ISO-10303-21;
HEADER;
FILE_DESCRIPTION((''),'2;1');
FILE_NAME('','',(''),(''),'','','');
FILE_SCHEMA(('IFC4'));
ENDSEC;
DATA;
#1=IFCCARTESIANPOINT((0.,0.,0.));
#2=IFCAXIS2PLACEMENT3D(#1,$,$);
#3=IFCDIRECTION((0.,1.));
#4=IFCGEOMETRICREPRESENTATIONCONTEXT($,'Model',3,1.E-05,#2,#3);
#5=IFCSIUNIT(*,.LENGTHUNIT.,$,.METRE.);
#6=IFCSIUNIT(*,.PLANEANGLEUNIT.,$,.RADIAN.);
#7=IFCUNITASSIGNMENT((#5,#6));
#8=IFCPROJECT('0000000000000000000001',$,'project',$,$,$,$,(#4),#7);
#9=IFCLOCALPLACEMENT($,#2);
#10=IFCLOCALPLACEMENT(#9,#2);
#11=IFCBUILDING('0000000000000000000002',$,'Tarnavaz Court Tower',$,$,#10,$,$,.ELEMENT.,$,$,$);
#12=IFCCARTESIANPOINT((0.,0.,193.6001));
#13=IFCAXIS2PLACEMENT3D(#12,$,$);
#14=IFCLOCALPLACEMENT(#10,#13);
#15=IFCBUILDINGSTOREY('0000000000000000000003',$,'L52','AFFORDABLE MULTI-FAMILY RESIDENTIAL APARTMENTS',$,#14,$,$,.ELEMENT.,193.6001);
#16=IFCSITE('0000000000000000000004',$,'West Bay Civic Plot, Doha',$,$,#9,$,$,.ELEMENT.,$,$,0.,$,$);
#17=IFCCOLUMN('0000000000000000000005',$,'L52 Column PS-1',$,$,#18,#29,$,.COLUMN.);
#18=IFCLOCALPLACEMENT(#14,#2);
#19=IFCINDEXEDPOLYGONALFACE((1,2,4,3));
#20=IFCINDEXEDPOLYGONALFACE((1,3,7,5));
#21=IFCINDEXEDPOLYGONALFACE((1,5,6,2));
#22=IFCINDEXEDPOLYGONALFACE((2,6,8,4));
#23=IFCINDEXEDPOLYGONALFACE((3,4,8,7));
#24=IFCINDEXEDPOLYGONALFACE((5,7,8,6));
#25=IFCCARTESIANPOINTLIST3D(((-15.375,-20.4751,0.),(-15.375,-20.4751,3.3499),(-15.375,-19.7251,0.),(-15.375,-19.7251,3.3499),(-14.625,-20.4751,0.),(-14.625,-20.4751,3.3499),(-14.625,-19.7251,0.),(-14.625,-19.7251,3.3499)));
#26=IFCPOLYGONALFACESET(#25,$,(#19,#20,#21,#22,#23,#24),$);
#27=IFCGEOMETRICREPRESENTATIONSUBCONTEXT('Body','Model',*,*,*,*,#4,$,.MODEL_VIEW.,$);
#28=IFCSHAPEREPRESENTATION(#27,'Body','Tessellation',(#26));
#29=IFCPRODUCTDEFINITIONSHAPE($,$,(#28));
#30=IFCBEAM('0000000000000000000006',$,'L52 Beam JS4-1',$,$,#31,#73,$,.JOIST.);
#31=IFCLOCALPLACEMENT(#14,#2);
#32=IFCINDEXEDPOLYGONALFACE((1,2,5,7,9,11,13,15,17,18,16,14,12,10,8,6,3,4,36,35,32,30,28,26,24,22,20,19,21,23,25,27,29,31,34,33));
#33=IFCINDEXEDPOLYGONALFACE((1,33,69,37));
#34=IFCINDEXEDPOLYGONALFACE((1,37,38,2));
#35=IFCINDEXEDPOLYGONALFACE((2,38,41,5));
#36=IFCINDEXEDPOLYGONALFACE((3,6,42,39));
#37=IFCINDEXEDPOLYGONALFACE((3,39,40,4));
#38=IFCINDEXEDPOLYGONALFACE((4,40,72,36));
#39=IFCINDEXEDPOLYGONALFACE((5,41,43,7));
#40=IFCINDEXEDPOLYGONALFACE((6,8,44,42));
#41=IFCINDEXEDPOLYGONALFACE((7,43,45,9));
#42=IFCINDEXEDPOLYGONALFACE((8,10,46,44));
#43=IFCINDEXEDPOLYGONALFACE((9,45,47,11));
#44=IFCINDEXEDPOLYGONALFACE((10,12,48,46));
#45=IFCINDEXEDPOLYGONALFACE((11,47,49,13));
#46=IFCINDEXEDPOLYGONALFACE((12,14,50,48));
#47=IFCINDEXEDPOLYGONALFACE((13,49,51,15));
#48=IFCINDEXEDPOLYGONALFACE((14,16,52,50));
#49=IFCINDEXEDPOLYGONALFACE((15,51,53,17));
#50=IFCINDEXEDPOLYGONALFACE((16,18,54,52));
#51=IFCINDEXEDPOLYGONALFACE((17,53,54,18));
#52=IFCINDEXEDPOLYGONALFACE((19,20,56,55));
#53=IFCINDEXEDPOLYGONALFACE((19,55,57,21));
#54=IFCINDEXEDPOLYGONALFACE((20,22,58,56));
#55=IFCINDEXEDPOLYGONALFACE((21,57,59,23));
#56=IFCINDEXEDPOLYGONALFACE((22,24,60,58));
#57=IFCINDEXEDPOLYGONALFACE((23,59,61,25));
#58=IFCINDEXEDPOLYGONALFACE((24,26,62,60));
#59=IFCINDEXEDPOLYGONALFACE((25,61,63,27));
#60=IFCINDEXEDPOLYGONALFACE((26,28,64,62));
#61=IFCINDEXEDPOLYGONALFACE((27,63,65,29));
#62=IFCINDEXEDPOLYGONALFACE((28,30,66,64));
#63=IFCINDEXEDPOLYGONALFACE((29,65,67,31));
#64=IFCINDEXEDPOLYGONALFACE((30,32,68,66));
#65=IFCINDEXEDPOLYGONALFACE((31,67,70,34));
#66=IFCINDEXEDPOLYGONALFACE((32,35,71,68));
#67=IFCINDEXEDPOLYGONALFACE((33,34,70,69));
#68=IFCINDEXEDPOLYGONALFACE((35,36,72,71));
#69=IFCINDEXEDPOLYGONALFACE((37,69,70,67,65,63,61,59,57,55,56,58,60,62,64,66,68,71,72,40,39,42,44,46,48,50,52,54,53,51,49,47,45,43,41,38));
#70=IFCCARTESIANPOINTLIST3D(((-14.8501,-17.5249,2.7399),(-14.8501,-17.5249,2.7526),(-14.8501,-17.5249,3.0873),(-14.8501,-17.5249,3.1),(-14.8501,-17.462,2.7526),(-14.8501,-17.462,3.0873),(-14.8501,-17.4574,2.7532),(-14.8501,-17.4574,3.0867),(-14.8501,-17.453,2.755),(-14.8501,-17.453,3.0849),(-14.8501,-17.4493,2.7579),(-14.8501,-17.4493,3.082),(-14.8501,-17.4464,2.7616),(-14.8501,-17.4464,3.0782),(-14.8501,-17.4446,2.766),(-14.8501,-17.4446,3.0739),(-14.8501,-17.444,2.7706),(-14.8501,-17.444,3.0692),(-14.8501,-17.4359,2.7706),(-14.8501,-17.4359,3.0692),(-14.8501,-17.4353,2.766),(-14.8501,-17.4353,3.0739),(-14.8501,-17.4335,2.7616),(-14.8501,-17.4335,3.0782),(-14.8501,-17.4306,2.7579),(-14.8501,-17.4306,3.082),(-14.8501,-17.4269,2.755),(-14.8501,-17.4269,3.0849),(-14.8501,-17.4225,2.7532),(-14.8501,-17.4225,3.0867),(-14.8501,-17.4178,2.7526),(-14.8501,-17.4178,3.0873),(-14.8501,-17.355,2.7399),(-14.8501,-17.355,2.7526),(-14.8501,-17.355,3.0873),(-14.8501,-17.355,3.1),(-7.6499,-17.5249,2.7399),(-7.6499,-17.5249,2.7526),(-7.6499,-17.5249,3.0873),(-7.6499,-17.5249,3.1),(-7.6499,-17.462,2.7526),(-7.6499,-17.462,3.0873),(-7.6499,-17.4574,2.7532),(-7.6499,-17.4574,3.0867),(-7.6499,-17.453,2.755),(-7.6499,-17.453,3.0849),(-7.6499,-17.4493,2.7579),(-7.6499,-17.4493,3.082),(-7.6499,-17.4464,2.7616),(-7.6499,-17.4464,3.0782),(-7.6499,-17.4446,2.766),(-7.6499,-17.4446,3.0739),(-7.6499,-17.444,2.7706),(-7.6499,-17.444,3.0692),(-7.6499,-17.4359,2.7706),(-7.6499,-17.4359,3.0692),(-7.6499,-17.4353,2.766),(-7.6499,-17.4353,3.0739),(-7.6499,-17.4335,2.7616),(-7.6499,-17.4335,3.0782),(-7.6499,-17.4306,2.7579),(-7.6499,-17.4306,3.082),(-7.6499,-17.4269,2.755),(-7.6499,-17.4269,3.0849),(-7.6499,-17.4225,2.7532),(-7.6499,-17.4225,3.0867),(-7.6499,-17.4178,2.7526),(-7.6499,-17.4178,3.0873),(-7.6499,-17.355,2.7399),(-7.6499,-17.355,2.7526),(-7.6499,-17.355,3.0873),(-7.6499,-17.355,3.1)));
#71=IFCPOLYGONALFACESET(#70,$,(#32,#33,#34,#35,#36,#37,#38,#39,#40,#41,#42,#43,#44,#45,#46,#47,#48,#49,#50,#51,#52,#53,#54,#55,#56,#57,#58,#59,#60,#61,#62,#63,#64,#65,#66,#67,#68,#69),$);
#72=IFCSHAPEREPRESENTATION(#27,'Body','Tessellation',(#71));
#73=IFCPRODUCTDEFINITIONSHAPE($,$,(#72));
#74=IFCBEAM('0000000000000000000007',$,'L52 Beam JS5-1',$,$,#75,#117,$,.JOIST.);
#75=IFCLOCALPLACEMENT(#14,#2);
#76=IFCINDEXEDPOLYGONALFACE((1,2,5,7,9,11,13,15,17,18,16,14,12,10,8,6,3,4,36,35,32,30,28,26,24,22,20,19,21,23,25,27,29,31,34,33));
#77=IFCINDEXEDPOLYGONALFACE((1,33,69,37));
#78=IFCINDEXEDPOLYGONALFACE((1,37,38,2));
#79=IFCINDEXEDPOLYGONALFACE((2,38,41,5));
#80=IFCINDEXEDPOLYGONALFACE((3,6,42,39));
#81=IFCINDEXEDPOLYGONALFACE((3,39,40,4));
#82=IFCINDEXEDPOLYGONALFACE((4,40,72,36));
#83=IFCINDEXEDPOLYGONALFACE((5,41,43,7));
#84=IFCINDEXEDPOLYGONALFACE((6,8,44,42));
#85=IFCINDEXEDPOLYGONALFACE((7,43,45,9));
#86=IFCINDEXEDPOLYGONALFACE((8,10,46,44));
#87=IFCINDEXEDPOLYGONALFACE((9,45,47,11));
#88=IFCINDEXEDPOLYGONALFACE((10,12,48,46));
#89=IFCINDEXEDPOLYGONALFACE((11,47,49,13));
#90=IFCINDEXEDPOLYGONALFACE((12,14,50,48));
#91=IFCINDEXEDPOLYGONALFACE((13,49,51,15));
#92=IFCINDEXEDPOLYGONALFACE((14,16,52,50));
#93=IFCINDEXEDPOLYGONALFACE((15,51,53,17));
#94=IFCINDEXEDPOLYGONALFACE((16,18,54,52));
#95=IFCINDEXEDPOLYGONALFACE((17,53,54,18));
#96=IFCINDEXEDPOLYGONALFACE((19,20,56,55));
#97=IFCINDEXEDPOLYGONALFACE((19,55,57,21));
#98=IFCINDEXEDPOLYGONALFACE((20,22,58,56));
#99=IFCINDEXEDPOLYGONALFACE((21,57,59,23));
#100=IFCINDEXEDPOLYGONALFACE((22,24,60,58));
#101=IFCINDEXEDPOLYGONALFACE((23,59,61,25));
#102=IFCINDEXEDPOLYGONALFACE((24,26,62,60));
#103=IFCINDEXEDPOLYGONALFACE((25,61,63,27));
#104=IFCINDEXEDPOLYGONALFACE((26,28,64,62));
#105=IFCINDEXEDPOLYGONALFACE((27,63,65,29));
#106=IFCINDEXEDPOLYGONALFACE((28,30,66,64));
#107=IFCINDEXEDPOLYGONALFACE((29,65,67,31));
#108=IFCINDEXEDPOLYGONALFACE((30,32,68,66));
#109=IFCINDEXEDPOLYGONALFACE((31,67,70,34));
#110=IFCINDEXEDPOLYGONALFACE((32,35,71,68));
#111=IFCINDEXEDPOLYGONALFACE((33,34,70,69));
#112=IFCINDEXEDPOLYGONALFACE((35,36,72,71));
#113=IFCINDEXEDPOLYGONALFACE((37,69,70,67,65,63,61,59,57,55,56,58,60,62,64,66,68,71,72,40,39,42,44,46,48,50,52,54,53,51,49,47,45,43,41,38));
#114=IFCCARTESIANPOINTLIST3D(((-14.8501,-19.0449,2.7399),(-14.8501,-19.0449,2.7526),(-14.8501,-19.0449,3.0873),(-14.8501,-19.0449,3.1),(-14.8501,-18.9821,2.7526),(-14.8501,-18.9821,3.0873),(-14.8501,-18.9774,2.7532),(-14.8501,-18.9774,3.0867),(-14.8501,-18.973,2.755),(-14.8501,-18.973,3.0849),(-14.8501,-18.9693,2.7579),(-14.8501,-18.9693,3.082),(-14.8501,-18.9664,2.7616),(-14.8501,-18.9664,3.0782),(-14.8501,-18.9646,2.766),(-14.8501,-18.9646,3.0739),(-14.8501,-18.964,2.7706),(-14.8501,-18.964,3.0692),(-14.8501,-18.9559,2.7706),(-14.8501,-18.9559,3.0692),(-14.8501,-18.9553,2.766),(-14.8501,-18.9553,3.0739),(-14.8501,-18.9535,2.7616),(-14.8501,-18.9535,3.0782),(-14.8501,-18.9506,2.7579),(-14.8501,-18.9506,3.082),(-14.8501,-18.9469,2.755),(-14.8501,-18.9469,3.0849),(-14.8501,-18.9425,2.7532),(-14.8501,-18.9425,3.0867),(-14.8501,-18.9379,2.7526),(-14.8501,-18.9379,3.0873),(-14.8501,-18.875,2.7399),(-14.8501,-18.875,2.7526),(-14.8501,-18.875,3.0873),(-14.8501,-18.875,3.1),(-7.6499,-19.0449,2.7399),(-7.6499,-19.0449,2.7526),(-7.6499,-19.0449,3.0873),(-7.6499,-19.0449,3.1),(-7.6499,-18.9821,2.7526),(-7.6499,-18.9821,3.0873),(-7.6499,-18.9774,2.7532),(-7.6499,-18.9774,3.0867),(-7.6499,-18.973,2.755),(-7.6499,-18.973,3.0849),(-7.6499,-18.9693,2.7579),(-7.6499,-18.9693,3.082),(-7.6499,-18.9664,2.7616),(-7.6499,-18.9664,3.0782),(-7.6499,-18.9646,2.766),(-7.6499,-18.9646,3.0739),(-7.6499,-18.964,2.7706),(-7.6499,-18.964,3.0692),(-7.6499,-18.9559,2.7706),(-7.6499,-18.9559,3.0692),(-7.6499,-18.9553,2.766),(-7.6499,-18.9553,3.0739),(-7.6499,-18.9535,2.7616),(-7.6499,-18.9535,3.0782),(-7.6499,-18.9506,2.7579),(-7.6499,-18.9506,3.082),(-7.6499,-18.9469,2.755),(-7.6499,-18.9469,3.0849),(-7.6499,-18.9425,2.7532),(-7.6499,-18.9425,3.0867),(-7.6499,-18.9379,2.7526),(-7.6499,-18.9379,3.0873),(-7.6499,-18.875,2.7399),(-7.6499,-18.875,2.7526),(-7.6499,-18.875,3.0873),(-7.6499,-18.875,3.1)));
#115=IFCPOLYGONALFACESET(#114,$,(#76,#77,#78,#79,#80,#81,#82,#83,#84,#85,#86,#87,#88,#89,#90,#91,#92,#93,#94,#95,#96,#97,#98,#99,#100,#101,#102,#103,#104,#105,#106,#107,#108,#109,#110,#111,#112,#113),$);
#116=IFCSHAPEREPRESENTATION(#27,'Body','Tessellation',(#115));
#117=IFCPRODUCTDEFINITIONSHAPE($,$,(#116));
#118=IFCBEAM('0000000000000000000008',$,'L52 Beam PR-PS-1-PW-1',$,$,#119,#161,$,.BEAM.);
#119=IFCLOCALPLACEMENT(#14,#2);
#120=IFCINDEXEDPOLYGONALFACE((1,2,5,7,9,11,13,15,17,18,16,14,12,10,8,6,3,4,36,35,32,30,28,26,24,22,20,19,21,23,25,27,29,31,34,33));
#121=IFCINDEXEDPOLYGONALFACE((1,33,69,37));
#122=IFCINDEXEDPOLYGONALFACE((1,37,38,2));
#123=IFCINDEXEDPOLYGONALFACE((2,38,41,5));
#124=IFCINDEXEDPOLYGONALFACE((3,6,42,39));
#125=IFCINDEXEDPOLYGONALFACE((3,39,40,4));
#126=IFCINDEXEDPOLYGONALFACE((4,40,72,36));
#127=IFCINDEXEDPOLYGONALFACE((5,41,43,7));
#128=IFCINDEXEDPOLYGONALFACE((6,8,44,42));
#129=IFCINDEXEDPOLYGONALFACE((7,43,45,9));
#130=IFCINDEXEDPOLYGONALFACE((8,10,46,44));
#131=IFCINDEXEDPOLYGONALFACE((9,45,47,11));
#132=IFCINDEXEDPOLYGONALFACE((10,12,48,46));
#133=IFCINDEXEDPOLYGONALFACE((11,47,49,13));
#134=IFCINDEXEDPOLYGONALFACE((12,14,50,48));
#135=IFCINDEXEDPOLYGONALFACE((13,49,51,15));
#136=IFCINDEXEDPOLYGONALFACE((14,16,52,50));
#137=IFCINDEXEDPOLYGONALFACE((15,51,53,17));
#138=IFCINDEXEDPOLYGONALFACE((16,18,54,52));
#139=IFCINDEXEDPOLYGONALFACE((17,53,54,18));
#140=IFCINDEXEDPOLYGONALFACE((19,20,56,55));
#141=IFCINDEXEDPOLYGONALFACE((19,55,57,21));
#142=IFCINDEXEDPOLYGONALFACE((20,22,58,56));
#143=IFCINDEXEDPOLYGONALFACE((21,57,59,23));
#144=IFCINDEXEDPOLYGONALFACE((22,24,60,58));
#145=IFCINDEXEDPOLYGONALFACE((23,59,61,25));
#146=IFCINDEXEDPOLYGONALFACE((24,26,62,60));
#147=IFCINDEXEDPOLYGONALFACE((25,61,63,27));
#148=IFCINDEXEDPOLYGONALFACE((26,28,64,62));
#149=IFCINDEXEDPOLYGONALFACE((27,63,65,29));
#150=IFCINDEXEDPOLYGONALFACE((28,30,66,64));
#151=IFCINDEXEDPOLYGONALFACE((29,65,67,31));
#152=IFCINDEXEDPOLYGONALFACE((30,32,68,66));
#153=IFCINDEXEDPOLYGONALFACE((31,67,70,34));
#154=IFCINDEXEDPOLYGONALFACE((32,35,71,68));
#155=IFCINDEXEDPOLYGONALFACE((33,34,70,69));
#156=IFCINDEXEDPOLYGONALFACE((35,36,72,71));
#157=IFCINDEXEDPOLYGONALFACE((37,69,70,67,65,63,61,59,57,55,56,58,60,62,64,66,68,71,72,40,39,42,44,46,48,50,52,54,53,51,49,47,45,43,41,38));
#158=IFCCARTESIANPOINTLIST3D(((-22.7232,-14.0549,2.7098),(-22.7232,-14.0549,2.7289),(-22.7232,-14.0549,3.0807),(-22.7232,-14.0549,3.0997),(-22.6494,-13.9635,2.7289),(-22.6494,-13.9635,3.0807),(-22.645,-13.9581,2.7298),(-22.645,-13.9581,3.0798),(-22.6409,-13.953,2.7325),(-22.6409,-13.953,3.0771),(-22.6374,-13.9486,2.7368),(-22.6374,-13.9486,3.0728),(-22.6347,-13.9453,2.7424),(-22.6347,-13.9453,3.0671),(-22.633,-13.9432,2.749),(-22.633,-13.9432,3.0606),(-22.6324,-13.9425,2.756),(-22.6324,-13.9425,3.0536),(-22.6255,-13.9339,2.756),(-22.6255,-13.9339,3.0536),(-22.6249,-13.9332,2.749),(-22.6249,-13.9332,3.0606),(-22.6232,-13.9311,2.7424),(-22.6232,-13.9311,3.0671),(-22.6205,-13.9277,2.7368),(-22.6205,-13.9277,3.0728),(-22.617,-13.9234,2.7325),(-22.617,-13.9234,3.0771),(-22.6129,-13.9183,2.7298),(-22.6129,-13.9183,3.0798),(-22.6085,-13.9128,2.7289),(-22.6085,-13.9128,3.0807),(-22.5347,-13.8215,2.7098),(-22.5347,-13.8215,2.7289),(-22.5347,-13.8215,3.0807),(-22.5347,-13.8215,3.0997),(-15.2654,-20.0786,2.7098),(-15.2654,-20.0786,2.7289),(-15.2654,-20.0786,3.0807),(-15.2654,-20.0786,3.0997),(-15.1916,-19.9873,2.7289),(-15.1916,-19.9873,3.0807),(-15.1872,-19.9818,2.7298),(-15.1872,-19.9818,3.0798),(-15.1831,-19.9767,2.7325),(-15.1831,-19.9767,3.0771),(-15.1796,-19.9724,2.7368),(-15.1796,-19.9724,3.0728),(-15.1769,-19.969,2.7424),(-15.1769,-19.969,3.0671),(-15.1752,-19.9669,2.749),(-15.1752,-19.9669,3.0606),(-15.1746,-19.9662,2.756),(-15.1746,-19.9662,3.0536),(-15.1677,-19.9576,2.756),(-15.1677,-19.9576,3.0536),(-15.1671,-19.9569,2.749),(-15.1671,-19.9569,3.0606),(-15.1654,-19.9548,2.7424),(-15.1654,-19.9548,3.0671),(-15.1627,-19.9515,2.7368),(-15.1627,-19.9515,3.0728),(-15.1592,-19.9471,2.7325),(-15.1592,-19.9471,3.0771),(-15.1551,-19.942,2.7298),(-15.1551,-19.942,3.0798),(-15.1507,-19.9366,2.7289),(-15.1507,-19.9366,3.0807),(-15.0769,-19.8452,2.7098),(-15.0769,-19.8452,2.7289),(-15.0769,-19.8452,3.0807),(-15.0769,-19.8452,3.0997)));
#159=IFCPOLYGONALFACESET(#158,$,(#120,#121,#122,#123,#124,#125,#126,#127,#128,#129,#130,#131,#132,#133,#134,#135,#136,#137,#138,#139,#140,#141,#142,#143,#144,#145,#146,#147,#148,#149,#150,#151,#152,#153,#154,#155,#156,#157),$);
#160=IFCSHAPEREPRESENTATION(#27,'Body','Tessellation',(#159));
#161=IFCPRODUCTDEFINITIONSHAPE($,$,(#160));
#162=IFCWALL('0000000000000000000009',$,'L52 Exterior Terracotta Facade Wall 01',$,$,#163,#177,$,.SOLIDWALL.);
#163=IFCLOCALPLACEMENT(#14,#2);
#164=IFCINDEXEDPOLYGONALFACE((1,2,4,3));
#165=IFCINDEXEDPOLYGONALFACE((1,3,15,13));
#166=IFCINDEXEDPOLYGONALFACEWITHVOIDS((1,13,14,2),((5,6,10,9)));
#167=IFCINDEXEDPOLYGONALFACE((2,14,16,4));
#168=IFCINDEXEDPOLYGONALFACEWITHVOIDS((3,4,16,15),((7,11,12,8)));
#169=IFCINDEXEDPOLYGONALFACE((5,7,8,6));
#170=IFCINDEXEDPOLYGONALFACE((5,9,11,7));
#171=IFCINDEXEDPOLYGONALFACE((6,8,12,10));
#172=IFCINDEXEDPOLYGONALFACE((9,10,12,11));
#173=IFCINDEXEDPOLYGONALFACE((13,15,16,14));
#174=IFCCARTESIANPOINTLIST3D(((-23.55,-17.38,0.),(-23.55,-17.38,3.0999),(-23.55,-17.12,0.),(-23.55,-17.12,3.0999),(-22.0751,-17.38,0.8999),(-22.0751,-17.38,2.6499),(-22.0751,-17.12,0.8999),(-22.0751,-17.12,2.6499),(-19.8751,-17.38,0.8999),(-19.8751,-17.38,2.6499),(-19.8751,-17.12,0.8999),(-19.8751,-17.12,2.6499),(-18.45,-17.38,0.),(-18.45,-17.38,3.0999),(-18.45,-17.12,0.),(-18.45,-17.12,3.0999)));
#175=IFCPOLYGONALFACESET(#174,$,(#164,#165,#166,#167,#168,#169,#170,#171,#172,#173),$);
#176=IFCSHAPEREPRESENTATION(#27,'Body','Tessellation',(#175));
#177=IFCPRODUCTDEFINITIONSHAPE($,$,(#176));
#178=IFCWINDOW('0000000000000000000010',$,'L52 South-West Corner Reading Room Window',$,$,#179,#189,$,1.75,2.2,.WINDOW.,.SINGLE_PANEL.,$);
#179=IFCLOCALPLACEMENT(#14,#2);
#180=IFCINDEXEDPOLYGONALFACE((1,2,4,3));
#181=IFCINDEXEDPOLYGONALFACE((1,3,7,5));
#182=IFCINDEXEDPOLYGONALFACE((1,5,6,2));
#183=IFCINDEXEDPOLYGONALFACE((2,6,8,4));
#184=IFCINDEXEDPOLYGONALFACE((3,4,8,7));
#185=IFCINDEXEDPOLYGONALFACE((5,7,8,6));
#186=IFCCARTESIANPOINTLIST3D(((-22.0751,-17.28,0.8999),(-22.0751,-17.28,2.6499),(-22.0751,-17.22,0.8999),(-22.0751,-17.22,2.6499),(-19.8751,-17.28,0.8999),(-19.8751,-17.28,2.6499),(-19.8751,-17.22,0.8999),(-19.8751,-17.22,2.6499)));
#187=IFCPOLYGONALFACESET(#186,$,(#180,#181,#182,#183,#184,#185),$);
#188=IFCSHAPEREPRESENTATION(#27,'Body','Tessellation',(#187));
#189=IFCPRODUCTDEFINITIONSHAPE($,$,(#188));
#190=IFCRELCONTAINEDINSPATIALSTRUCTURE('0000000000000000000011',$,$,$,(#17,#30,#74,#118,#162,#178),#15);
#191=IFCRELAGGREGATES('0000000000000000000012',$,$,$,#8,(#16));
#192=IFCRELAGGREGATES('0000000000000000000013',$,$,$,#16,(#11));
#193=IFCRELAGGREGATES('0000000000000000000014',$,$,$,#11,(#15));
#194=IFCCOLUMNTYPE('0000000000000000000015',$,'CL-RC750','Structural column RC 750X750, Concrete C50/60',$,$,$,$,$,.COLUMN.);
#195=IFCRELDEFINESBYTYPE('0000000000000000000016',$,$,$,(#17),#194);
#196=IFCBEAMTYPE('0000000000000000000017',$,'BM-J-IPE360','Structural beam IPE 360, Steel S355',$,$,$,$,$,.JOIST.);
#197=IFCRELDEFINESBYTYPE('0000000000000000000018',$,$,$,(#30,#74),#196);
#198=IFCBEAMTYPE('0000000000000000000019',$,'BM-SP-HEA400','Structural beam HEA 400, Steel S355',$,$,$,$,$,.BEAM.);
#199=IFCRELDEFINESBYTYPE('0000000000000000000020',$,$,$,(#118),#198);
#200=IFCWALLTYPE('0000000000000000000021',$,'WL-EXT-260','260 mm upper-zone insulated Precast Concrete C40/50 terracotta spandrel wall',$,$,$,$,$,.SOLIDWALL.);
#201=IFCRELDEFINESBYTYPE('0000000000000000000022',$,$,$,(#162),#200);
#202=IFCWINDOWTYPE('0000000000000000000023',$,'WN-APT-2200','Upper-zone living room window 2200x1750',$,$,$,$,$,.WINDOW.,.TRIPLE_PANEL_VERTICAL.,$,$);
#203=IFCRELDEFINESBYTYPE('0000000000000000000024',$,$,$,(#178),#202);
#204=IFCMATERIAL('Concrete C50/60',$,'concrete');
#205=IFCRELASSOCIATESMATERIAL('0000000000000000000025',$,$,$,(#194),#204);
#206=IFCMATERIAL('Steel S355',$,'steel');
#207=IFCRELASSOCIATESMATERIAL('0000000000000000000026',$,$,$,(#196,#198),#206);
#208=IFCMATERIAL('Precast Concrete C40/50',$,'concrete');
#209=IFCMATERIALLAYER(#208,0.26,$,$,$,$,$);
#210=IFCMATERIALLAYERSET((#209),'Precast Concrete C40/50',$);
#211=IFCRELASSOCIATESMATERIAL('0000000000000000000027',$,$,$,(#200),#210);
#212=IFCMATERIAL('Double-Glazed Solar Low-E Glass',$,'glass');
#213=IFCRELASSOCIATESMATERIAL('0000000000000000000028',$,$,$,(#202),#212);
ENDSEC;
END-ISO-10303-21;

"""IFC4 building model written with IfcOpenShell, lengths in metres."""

from ifc_helpers import new_model, si_unit, direction, frame, frame_2d, origin, origin_2d, place, context, subcontext, project, spatial, rectangle, i_section, extrude, material, layer, layer_set, material_profile, profile_set, type_object, element, fill, save


model = new_model("IFC4")

# Units and contexts
model_context = context("Model", 3, precision=1e-05, world=origin(), true_north=direction((0.0, 1.0)))
body_context = subcontext(model_context, "Body", "Model", "MODEL_VIEW")
ifc_project = project(units=[si_unit("LENGTHUNIT", "METRE"), si_unit("PLANEANGLEUNIT", "RADIAN")], contexts=[model_context])

# Site, building, storey
site_placement = place(None, origin())
site = spatial("IfcSite", under=ifc_project, at=site_placement, Name="West Bay Civic Plot, Doha", CompositionType="ELEMENT", RefElevation=0.0)
building_placement = place(site_placement, origin())
building = spatial("IfcBuilding", under=site, at=building_placement, Name="Tarnavaz Court Tower", CompositionType="ELEMENT")
storey_placement = place(building_placement, frame((0.0, 0.0, 193.6001)))
storey = spatial("IfcBuildingStorey", under=building, at=storey_placement, Name="L52", Description="AFFORDABLE MULTI-FAMILY RESIDENTIAL APARTMENTS", CompositionType="ELEMENT", Elevation=193.6001)

# Column
ifc_material_1 = material(Name="Concrete C50/60", Category="concrete")
ifc_material_profile_1 = material_profile(ifc_material_1, rectangle(XDim=0.75, YDim=0.75, at=origin_2d()), Name="RC 750X750")
ifc_profile_set_1 = profile_set([ifc_material_profile_1], Name="Concrete C50/60")
column_type = type_object("IfcColumnType", Name="CL-RC750", Description="Structural column RC 750X750, Concrete C50/60", PredefinedType="COLUMN", material=ifc_profile_set_1)
column_placement = place(storey_placement, frame((-15.0, -20.1001, 0.0), z_axis=(0.0, 0.0, 1.0), x_axis=(1.0, 0.0, 0.0)))
element("IfcColumn", 1, at=column_placement, inside=storey, type_object=column_type, Name="L52 Column PS-1", PredefinedType="COLUMN", context=body_context, shape_type="SweptSolid", body=[
    extrude(rectangle(XDim=0.75, YDim=0.75, at=origin_2d()), origin(), (0.0, 0.0, 1.0), 3.3499),
])

# Beams
ifc_material_2 = material(Name="Steel S355", Category="steel")
ifc_material_profile_2 = material_profile(ifc_material_2, i_section(OverallWidth=0.1699, OverallDepth=0.3601, WebThickness=0.0081, FlangeThickness=0.0127, FilletRadius=0.0181, at=origin_2d()), Name="IPE 360")
ifc_profile_set_2 = profile_set([ifc_material_profile_2], Name="Steel S355")
beam_type_1 = type_object("IfcBeamType", Name="BM-J-IPE360", Description="Structural beam IPE 360, Steel S355", PredefinedType="JOIST", material=ifc_profile_set_2)
for number, where, z_axis, x_axis, name in (
    (2, (-14.8501, -17.4399, 2.9199), (1.0, 0.0, 0.0), (0.0, 1.0, 0.0), "L52 Beam JS4-1"),
    (3, (-14.8501, -18.96, 2.9199), (1.0, 0.0, 0.0), (0.0, 1.0, 0.0), "L52 Beam JS5-1"),
):
    element("IfcBeam", number, at=place(storey_placement, frame(where, z_axis=z_axis, x_axis=x_axis)), inside=storey, type_object=beam_type_1, Name=name, PredefinedType="JOIST", context=body_context, shape_type="SweptSolid", body=[
        extrude(i_section(OverallWidth=0.1699, OverallDepth=0.3601, WebThickness=0.0081, FlangeThickness=0.0127, FilletRadius=0.0181, at=origin_2d()), origin(), (0.0, 0.0, 1.0), 7.2002),
    ])
ifc_material_profile_3 = material_profile(ifc_material_2, i_section(OverallWidth=0.3, OverallDepth=0.3899, WebThickness=0.011, FlangeThickness=0.019, FilletRadius=0.0271, at=origin_2d()), Name="HEA 400")
ifc_profile_set_3 = profile_set([ifc_material_profile_3], Name="Steel S355")
beam_type_2 = type_object("IfcBeamType", Name="BM-SP-HEA400", Description="Structural beam HEA 400, Steel S355", PredefinedType="BEAM", material=ifc_profile_set_3)
beam_placement = place(storey_placement, frame((-15.1711, -19.9619, 2.9048), z_axis=(-0.777936, 0.628344, 0.0), x_axis=(-0.628344, -0.777936, 0.0)))
element("IfcBeam", 4, at=beam_placement, inside=storey, type_object=beam_type_2, Name="L52 Beam PR-PS-1-PW-1", PredefinedType="BEAM", context=body_context, shape_type="SweptSolid", body=[
    extrude(i_section(OverallWidth=0.3, OverallDepth=0.3899, WebThickness=0.011, FlangeThickness=0.019, FilletRadius=0.0271, at=origin_2d()), origin(), (0.0, 0.0, 1.0), 9.5867),
])

# Wall, opening, window
ifc_material_3 = material(Name="Precast Concrete C40/50", Category="concrete")
ifc_layer_1 = layer(ifc_material_3, 0.26)
ifc_layer_set_1 = layer_set([ifc_layer_1], Name="Precast Concrete C40/50")
wall_type_1 = type_object("IfcWallType", Name="WL-EXT-260", Description="260 mm upper-zone insulated Precast Concrete C40/50 terracotta spandrel wall", PredefinedType="SOLIDWALL", material=ifc_layer_set_1)
wall_1_placement = place(storey_placement, frame((-18.45, -17.25, 0.0), z_axis=(0.0, 0.0, 1.0), x_axis=(-1.0, 0.0, 0.0)))
wall_1 = element("IfcWall", 5, at=wall_1_placement, inside=storey, type_object=wall_type_1, Name="L52 Exterior Terracotta Facade Wall 01", PredefinedType="SOLIDWALL", context=body_context, shape_type="SweptSolid", body=[
    extrude(rectangle(XDim=5.1001, YDim=0.26, at=frame_2d((2.55, 0.0))), origin(), (0.0, 0.0, 1.0), 3.0999),
])
opening_1_placement = place(wall_1_placement, frame((1.425, 0.0, 0.8999)))
opening_1 = element("IfcOpeningElement", 6, at=opening_1_placement, cuts=wall_1, PredefinedType="OPENING", context=body_context, shape_type="SweptSolid", body=[
    extrude(rectangle(XDim=2.2, YDim=1.75, at=frame_2d((1.1001, 0.875))), frame((0.0, 0.1399, 0.0), z_axis=(0.0, -1.0, 0.0), x_axis=(1.0, 0.0, 0.0)), (0.0, 0.0, 1.0), 0.28),
])
ifc_material_4 = material(Name="Double-Glazed Solar Low-E Glass", Category="glass")
window_type_1 = type_object("IfcWindowType", Name="WN-APT-2200", Description="Upper-zone living room window 2200x1750", PartitioningType="TRIPLE_PANEL_VERTICAL", PredefinedType="WINDOW", material=ifc_material_4)
window_1_placement = place(opening_1_placement, origin())
window_1 = element("IfcWindow", 7, at=window_1_placement, inside=storey, type_object=window_type_1, Name="L52 South-West Corner Reading Room Window", OverallHeight=1.75, OverallWidth=2.2, PartitioningType="SINGLE_PANEL", PredefinedType="WINDOW", context=body_context, shape_type="SweptSolid", body=[
    extrude(rectangle(XDim=2.2, YDim=1.75, at=frame_2d((1.1001, 0.875))), frame((0.0, 0.03, 0.0), z_axis=(0.0, -1.0, 0.0), x_axis=(1.0, 0.0, 0.0)), (0.0, 0.0, 1.0), 0.0601),
])
fill(opening_1, window_1)

save(model, "model.ifc")
